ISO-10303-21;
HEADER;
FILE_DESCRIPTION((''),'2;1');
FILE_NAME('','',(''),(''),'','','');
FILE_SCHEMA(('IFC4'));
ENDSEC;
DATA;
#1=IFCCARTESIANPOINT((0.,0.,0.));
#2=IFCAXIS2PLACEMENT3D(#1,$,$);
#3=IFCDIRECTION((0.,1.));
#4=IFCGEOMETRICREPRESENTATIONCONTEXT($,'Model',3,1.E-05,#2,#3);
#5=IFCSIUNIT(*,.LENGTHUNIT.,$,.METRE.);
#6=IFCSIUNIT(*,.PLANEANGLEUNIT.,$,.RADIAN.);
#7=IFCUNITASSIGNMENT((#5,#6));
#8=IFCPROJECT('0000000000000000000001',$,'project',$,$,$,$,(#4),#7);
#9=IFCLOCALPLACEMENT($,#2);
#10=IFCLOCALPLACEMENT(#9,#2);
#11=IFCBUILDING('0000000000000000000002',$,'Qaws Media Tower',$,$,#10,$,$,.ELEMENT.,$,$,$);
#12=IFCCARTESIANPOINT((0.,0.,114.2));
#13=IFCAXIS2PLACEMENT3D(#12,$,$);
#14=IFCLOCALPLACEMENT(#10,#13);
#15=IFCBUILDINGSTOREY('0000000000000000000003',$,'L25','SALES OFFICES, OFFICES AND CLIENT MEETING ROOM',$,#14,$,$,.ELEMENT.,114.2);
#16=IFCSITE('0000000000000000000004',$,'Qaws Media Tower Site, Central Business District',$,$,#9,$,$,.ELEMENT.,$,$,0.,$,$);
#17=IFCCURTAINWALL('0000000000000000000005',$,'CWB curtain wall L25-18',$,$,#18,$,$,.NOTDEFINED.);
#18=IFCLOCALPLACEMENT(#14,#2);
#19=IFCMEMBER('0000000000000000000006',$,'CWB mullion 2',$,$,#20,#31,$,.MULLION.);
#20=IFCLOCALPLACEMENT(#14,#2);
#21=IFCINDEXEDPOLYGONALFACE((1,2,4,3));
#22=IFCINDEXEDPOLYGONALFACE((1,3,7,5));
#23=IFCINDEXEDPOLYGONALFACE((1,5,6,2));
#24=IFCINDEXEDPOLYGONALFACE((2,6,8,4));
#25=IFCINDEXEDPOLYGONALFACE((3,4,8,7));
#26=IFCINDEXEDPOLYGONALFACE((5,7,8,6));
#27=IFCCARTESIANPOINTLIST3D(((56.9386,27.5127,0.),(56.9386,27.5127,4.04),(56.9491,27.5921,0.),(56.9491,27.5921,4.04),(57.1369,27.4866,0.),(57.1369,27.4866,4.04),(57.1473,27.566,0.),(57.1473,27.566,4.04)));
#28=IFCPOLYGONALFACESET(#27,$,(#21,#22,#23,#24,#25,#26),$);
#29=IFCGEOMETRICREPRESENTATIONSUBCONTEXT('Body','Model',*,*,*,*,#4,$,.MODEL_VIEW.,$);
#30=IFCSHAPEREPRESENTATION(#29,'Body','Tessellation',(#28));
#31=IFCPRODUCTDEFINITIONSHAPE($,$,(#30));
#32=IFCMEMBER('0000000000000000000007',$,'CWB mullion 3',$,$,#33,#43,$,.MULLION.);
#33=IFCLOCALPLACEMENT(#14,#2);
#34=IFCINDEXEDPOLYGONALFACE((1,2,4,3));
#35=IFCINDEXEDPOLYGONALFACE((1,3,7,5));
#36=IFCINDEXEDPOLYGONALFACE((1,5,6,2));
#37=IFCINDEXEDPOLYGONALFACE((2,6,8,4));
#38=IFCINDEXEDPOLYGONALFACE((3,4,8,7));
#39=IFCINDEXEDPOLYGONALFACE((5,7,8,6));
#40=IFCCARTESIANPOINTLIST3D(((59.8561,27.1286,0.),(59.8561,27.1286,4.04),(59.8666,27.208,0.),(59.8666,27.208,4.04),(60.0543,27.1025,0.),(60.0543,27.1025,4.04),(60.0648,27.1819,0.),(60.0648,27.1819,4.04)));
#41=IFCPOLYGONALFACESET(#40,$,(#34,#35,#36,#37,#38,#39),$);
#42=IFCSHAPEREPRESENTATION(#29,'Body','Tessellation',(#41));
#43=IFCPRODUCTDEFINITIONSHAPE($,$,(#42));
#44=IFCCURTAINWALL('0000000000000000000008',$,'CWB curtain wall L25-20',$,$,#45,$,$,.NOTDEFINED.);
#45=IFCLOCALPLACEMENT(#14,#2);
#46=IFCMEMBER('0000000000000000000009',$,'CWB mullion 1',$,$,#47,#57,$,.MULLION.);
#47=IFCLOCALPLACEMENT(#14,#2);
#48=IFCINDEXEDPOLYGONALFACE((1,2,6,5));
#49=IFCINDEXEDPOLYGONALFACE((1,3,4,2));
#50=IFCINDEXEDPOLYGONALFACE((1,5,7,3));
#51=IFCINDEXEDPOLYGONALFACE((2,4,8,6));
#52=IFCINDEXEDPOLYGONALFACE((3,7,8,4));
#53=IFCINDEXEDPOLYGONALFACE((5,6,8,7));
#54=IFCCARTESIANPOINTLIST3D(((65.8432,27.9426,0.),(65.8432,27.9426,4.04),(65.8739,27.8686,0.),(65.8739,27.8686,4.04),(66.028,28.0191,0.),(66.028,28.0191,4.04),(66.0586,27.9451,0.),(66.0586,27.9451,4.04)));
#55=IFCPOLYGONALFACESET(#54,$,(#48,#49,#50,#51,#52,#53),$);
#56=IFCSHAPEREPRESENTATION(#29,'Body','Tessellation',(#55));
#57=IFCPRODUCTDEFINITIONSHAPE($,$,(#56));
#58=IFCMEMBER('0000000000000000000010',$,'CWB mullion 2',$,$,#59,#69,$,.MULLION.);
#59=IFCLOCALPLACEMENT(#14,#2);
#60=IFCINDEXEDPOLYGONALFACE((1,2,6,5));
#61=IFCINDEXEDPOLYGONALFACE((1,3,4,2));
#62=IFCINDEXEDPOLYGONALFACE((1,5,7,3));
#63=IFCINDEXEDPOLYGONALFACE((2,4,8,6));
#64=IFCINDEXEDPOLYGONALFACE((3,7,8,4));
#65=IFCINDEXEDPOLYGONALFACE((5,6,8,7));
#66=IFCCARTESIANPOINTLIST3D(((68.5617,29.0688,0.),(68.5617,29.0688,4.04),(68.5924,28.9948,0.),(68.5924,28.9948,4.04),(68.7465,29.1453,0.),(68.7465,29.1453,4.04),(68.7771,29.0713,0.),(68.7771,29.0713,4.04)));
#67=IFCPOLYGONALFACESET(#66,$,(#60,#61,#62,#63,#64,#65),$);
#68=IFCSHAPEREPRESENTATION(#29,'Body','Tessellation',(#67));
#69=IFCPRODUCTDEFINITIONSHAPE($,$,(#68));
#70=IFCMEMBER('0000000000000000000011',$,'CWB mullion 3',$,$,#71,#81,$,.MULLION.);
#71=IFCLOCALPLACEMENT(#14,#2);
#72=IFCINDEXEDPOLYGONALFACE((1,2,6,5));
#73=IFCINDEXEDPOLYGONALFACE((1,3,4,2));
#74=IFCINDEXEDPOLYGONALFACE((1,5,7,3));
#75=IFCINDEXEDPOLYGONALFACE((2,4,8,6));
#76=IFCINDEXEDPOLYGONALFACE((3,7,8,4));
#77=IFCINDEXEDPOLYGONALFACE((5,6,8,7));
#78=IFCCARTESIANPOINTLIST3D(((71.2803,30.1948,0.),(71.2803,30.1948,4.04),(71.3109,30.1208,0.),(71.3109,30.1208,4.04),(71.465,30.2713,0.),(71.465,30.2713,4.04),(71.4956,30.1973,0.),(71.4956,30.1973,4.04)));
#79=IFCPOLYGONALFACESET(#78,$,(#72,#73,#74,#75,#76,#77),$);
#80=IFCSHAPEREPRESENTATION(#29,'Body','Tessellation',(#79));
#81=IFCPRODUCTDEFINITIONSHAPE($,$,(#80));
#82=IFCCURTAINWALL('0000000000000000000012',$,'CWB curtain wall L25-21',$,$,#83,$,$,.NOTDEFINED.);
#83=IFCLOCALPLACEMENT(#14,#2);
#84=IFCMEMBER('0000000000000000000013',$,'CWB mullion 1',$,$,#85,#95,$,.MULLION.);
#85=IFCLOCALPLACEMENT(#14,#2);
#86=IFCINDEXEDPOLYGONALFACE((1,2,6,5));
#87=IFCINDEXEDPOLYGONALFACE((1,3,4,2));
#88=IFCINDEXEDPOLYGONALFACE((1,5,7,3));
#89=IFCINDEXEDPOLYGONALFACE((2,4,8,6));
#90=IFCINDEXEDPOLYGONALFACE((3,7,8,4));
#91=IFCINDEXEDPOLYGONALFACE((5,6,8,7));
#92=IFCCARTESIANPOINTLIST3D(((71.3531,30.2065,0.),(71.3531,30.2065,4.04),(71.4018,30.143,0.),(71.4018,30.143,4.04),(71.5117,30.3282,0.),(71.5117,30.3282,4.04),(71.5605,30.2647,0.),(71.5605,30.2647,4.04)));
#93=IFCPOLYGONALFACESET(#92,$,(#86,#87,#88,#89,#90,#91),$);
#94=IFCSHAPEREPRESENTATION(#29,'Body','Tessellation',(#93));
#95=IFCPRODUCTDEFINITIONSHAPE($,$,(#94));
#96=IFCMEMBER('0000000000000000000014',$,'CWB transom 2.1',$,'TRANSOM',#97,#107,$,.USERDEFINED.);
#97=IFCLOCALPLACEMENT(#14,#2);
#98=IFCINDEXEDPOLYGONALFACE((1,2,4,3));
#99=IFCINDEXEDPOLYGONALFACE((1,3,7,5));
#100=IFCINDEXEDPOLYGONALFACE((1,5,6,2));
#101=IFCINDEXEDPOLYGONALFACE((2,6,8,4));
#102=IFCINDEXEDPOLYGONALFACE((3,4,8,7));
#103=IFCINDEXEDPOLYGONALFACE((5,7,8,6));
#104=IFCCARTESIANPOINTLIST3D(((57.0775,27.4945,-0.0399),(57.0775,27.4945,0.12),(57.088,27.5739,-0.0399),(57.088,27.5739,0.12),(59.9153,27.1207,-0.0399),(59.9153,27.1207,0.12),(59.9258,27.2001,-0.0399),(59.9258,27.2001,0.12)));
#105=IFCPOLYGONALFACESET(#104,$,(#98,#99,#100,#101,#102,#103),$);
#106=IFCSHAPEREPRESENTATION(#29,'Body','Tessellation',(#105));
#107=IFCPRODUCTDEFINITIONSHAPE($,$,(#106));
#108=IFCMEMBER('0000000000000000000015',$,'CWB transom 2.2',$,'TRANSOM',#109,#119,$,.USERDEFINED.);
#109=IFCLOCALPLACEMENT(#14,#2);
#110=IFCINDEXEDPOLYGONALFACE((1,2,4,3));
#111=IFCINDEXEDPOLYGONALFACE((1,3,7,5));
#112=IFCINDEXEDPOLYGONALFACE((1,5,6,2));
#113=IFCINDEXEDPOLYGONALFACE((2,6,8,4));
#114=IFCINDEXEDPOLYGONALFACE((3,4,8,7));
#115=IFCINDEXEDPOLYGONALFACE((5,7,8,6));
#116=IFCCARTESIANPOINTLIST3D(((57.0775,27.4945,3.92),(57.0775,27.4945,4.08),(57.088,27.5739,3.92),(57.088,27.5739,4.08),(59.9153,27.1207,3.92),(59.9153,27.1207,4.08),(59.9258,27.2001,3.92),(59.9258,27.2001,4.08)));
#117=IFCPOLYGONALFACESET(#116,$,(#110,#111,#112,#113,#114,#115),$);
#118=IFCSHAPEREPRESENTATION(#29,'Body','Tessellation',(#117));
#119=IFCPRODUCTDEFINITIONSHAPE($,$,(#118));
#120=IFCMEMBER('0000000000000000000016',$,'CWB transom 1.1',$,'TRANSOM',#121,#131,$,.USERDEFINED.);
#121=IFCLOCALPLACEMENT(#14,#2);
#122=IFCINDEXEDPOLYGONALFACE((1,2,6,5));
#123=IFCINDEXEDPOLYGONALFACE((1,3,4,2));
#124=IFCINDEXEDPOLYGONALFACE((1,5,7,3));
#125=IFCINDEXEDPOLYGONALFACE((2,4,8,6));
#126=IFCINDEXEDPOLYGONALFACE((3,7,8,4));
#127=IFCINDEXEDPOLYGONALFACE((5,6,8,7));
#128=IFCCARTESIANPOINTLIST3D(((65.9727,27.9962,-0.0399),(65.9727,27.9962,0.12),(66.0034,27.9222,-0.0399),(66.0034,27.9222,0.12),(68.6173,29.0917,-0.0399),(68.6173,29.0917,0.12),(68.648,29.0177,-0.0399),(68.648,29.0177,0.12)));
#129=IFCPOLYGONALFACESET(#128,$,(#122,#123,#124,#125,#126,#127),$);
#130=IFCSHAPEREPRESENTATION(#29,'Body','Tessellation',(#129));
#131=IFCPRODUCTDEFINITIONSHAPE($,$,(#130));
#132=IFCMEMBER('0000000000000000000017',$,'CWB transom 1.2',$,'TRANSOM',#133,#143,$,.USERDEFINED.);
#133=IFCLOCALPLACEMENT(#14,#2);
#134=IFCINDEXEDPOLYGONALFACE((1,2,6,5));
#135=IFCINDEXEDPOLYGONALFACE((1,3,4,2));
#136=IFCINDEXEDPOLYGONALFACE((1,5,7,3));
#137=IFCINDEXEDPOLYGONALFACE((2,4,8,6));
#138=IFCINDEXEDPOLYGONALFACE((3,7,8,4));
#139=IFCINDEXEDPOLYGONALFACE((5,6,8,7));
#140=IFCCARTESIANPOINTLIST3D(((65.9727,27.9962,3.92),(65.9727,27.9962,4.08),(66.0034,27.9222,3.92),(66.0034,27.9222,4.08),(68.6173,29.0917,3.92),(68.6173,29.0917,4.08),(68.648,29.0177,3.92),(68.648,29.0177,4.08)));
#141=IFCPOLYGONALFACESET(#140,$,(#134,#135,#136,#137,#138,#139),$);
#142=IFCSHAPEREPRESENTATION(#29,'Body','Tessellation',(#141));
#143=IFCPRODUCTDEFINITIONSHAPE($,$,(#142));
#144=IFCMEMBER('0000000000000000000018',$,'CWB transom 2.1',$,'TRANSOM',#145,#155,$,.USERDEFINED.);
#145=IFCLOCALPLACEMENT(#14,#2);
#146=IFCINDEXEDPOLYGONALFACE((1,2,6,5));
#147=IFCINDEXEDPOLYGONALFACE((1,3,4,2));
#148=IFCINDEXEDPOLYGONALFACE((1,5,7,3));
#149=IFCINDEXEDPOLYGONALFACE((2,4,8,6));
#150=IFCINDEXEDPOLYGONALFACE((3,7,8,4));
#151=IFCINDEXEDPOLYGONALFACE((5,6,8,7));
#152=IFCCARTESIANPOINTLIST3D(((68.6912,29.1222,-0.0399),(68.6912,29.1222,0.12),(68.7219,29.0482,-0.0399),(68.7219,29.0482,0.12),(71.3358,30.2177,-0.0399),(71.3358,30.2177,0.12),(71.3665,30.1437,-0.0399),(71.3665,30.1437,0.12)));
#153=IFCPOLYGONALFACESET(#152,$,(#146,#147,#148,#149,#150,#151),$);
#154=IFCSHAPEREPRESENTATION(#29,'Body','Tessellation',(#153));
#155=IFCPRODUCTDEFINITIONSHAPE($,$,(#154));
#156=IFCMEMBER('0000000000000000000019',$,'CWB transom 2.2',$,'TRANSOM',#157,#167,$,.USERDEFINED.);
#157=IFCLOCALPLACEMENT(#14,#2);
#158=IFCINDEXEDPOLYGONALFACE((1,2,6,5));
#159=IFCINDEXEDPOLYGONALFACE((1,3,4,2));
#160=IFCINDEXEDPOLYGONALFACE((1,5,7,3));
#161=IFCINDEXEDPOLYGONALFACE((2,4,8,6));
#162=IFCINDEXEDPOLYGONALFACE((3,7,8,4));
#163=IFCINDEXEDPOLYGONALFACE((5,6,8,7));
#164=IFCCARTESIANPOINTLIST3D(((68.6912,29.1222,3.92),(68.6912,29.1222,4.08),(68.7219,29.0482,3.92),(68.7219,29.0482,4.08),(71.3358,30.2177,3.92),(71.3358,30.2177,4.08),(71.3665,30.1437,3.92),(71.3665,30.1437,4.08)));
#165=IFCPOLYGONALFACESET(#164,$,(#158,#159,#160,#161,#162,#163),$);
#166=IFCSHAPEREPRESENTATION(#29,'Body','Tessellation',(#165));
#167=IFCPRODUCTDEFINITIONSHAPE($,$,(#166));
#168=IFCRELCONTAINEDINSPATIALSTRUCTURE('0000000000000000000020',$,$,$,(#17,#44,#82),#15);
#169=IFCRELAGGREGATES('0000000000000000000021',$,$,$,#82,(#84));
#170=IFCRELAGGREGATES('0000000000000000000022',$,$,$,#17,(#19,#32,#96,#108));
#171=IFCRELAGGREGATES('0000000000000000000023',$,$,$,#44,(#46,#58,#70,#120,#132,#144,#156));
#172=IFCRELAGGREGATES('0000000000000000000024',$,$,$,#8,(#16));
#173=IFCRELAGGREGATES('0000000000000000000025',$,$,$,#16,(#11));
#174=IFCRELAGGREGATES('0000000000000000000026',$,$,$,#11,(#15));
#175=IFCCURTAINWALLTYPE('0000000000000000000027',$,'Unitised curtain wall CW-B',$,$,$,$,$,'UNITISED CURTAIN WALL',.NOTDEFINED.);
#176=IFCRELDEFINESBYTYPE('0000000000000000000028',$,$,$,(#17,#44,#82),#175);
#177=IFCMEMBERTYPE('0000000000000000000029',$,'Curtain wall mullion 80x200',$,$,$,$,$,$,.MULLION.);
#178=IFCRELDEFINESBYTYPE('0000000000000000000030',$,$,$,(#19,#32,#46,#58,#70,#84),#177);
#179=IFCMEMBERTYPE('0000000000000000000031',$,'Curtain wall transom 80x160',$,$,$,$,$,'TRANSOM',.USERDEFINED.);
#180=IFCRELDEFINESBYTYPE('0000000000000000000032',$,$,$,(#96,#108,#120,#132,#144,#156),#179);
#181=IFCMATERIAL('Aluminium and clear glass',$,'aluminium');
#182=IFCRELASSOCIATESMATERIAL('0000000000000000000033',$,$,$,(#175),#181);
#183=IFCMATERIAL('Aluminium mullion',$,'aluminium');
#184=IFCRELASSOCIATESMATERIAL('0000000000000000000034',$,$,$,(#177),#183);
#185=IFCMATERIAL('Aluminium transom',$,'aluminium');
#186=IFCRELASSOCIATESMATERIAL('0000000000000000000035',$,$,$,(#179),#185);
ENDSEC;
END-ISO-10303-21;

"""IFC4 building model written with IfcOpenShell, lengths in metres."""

from ifc_helpers import new_model, si_unit, direction, frame, origin, origin_2d, place, context, subcontext, project, spatial, rectangle, extrude, material, material_profile, profile_set, type_object, element, aggregate, save


model = new_model("IFC4")

# Units and contexts
model_context = context("Model", 3, precision=1e-05, world=origin(), true_north=direction((0.0, 1.0)))
body_context = subcontext(model_context, "Body", "Model", "MODEL_VIEW")
ifc_project = project(units=[si_unit("LENGTHUNIT", "METRE"), si_unit("PLANEANGLEUNIT", "RADIAN")], contexts=[model_context])

# Site, building, storey
site_placement = place(None, origin())
site = spatial("IfcSite", under=ifc_project, at=site_placement, Name="Qaws Media Tower Site, Central Business District", CompositionType="ELEMENT", RefElevation=0.0)
building_placement = place(site_placement, origin())
building = spatial("IfcBuilding", under=site, at=building_placement, Name="Qaws Media Tower", CompositionType="ELEMENT")
storey_placement = place(building_placement, frame((0.0, 0.0, 114.2)))
storey = spatial("IfcBuildingStorey", under=building, at=storey_placement, Name="L25", Description="SALES OFFICES, OFFICES AND CLIENT MEETING ROOM", CompositionType="ELEMENT", Elevation=114.2)

# Curtain walls, members
ifc_material_1 = material(Name="Aluminium and clear glass", Category="aluminium")
curtain_wall_type = type_object("IfcCurtainWallType", Name="Unitised curtain wall CW-B", ElementType="UNITISED CURTAIN WALL", PredefinedType="NOTDEFINED", material=ifc_material_1)
curtain_wall_1_placement = place(storey_placement, origin())
curtain_wall_1 = element("IfcCurtainWall", 1, at=curtain_wall_1_placement, inside=storey, type_object=curtain_wall_type, Name="CWB curtain wall L25-18", PredefinedType="NOTDEFINED")
ifc_material_2 = material(Name="Aluminium mullion", Category="aluminium")
ifc_material_profile_1 = material_profile(ifc_material_2, rectangle(XDim=0.0801, YDim=0.2, at=origin_2d()), Name="80x200")
ifc_profile_set_1 = profile_set([ifc_material_profile_1], Name="Aluminium mullion")
member_type_1 = type_object("IfcMemberType", Name="Curtain wall mullion 80x200", PredefinedType="MULLION", material=ifc_profile_set_1)
member_1_placement = place(storey_placement, frame((57.043, 27.5393, 0.0), z_axis=(0.0, 0.0, 1.0), x_axis=(0.130526, 0.991445, 0.0)))
member_1 = element("IfcMember", 2, at=member_1_placement, type_object=member_type_1, Name="CWB mullion 2", PredefinedType="MULLION", context=body_context, shape_type="SweptSolid", body=[
    extrude(rectangle(XDim=0.0801, YDim=0.2, at=origin_2d()), origin(), (0.0, 0.0, 1.0), 4.04),
])
member_2_placement = place(storey_placement, frame((59.9604, 27.1553, 0.0), z_axis=(0.0, 0.0, 1.0), x_axis=(0.130526, 0.991445, 0.0)))
member_2 = element("IfcMember", 3, at=member_2_placement, type_object=member_type_1, Name="CWB mullion 3", PredefinedType="MULLION", context=body_context, shape_type="SweptSolid", body=[
    extrude(rectangle(XDim=0.0801, YDim=0.2, at=origin_2d()), origin(), (0.0, 0.0, 1.0), 4.04),
])
curtain_wall_2_placement = place(storey_placement, origin())
curtain_wall_2 = element("IfcCurtainWall", 4, at=curtain_wall_2_placement, inside=storey, type_object=curtain_wall_type, Name="CWB curtain wall L25-20", PredefinedType="NOTDEFINED")
member_3_placement = place(storey_placement, frame((65.9509, 27.9438, 0.0), z_axis=(0.0, 0.0, 1.0), x_axis=(-0.382683, 0.92388, 0.0)))
member_3 = element("IfcMember", 5, at=member_3_placement, type_object=member_type_1, Name="CWB mullion 1", PredefinedType="MULLION", context=body_context, shape_type="SweptSolid", body=[
    extrude(rectangle(XDim=0.0801, YDim=0.2, at=origin_2d()), origin(), (0.0, 0.0, 1.0), 4.04),
])
member_4_placement = place(storey_placement, frame((68.6694, 29.0701, 0.0), z_axis=(0.0, 0.0, 1.0), x_axis=(-0.382683, 0.92388, 0.0)))
member_4 = element("IfcMember", 6, at=member_4_placement, type_object=member_type_1, Name="CWB mullion 2", PredefinedType="MULLION", context=body_context, shape_type="SweptSolid", body=[
    extrude(rectangle(XDim=0.0801, YDim=0.2, at=origin_2d()), origin(), (0.0, 0.0, 1.0), 4.04),
])
member_5_placement = place(storey_placement, frame((71.3879, 30.196, 0.0), z_axis=(0.0, 0.0, 1.0), x_axis=(-0.382683, 0.92388, 0.0)))
member_5 = element("IfcMember", 7, at=member_5_placement, type_object=member_type_1, Name="CWB mullion 3", PredefinedType="MULLION", context=body_context, shape_type="SweptSolid", body=[
    extrude(rectangle(XDim=0.0801, YDim=0.2, at=origin_2d()), origin(), (0.0, 0.0, 1.0), 4.04),
])

# Curtain wall, member
curtain_wall_3_placement = place(storey_placement, origin())
curtain_wall_3 = element("IfcCurtainWall", 8, at=curtain_wall_3_placement, inside=storey, type_object=curtain_wall_type, Name="CWB curtain wall L25-21", PredefinedType="NOTDEFINED")
member_6_placement = place(storey_placement, frame((71.4568, 30.2356, 0.0), z_axis=(0.0, 0.0, 1.0), x_axis=(-0.608761, 0.793353, 0.0)))
member_6 = element("IfcMember", 9, at=member_6_placement, type_object=member_type_1, Name="CWB mullion 1", PredefinedType="MULLION", context=body_context, shape_type="SweptSolid", body=[
    extrude(rectangle(XDim=0.0801, YDim=0.2, at=origin_2d()), origin(), (0.0, 0.0, 1.0), 4.04),
])
aggregate(curtain_wall_3, [member_6])

# Members
ifc_material_3 = material(Name="Aluminium transom", Category="aluminium")
ifc_material_profile_2 = material_profile(ifc_material_3, rectangle(XDim=0.0801, YDim=0.1599, at=origin_2d()), Name="80x160")
ifc_profile_set_2 = profile_set([ifc_material_profile_2], Name="Aluminium transom")
member_type_2 = type_object("IfcMemberType", Name="Curtain wall transom 80x160", ElementType="TRANSOM", PredefinedType="USERDEFINED", material=ifc_profile_set_2)
member_7_placement = place(storey_placement, frame((57.0828, 27.5342, 0.04), z_axis=(0.991437, -0.130582, 0.0), x_axis=(0.130582, 0.991437, 0.0)))
member_7 = element("IfcMember", 10, at=member_7_placement, type_object=member_type_2, Name="CWB transom 2.1", ObjectType="TRANSOM", PredefinedType="USERDEFINED", context=body_context, shape_type="SweptSolid", body=[
    extrude(rectangle(XDim=0.0801, YDim=0.1599, at=origin_2d()), origin(), (0.0, 0.0, 1.0), 2.8623),
])
member_8_placement = place(storey_placement, frame((57.0828, 27.5342, 4.0), z_axis=(0.991437, -0.130582, 0.0), x_axis=(0.130582, 0.991437, 0.0)))
member_8 = element("IfcMember", 11, at=member_8_placement, type_object=member_type_2, Name="CWB transom 2.2", ObjectType="TRANSOM", PredefinedType="USERDEFINED", context=body_context, shape_type="SweptSolid", body=[
    extrude(rectangle(XDim=0.0801, YDim=0.1599, at=origin_2d()), origin(), (0.0, 0.0, 1.0), 2.8623),
])
member_9_placement = place(storey_placement, frame((65.988, 27.9592, 0.04), z_axis=(0.923872, 0.382701, 0.0), x_axis=(-0.382701, 0.923872, 0.0)))
member_9 = element("IfcMember", 12, at=member_9_placement, type_object=member_type_2, Name="CWB transom 1.1", ObjectType="TRANSOM", PredefinedType="USERDEFINED", context=body_context, shape_type="SweptSolid", body=[
    extrude(rectangle(XDim=0.0801, YDim=0.1599, at=origin_2d()), origin(), (0.0, 0.0, 1.0), 2.8625),
])
member_10_placement = place(storey_placement, frame((65.988, 27.9592, 4.0), z_axis=(0.923872, 0.382701, 0.0), x_axis=(-0.382701, 0.923872, 0.0)))
member_10 = element("IfcMember", 13, at=member_10_placement, type_object=member_type_2, Name="CWB transom 1.2", ObjectType="TRANSOM", PredefinedType="USERDEFINED", context=body_context, shape_type="SweptSolid", body=[
    extrude(rectangle(XDim=0.0801, YDim=0.1599, at=origin_2d()), origin(), (0.0, 0.0, 1.0), 2.8625),
])
member_11_placement = place(storey_placement, frame((68.7065, 29.0852, 0.04), z_axis=(0.923872, 0.382701, 0.0), x_axis=(-0.382701, 0.923872, 0.0)))
member_11 = element("IfcMember", 14, at=member_11_placement, type_object=member_type_2, Name="CWB transom 2.1", ObjectType="TRANSOM", PredefinedType="USERDEFINED", context=body_context, shape_type="SweptSolid", body=[
    extrude(rectangle(XDim=0.0801, YDim=0.1599, at=origin_2d()), origin(), (0.0, 0.0, 1.0), 2.8625),
])
member_12_placement = place(storey_placement, frame((68.7065, 29.0852, 4.0), z_axis=(0.923872, 0.382701, 0.0), x_axis=(-0.382701, 0.923872, 0.0)))
member_12 = element("IfcMember", 15, at=member_12_placement, type_object=member_type_2, Name="CWB transom 2.2", ObjectType="TRANSOM", PredefinedType="USERDEFINED", context=body_context, shape_type="SweptSolid", body=[
    extrude(rectangle(XDim=0.0801, YDim=0.1599, at=origin_2d()), origin(), (0.0, 0.0, 1.0), 2.8625),
])

aggregate(curtain_wall_1, [member_1, member_2, member_7, member_8])
aggregate(curtain_wall_2, [member_3, member_4, member_5, member_9, member_10, member_11, member_12])

save(model, "model.ifc")
